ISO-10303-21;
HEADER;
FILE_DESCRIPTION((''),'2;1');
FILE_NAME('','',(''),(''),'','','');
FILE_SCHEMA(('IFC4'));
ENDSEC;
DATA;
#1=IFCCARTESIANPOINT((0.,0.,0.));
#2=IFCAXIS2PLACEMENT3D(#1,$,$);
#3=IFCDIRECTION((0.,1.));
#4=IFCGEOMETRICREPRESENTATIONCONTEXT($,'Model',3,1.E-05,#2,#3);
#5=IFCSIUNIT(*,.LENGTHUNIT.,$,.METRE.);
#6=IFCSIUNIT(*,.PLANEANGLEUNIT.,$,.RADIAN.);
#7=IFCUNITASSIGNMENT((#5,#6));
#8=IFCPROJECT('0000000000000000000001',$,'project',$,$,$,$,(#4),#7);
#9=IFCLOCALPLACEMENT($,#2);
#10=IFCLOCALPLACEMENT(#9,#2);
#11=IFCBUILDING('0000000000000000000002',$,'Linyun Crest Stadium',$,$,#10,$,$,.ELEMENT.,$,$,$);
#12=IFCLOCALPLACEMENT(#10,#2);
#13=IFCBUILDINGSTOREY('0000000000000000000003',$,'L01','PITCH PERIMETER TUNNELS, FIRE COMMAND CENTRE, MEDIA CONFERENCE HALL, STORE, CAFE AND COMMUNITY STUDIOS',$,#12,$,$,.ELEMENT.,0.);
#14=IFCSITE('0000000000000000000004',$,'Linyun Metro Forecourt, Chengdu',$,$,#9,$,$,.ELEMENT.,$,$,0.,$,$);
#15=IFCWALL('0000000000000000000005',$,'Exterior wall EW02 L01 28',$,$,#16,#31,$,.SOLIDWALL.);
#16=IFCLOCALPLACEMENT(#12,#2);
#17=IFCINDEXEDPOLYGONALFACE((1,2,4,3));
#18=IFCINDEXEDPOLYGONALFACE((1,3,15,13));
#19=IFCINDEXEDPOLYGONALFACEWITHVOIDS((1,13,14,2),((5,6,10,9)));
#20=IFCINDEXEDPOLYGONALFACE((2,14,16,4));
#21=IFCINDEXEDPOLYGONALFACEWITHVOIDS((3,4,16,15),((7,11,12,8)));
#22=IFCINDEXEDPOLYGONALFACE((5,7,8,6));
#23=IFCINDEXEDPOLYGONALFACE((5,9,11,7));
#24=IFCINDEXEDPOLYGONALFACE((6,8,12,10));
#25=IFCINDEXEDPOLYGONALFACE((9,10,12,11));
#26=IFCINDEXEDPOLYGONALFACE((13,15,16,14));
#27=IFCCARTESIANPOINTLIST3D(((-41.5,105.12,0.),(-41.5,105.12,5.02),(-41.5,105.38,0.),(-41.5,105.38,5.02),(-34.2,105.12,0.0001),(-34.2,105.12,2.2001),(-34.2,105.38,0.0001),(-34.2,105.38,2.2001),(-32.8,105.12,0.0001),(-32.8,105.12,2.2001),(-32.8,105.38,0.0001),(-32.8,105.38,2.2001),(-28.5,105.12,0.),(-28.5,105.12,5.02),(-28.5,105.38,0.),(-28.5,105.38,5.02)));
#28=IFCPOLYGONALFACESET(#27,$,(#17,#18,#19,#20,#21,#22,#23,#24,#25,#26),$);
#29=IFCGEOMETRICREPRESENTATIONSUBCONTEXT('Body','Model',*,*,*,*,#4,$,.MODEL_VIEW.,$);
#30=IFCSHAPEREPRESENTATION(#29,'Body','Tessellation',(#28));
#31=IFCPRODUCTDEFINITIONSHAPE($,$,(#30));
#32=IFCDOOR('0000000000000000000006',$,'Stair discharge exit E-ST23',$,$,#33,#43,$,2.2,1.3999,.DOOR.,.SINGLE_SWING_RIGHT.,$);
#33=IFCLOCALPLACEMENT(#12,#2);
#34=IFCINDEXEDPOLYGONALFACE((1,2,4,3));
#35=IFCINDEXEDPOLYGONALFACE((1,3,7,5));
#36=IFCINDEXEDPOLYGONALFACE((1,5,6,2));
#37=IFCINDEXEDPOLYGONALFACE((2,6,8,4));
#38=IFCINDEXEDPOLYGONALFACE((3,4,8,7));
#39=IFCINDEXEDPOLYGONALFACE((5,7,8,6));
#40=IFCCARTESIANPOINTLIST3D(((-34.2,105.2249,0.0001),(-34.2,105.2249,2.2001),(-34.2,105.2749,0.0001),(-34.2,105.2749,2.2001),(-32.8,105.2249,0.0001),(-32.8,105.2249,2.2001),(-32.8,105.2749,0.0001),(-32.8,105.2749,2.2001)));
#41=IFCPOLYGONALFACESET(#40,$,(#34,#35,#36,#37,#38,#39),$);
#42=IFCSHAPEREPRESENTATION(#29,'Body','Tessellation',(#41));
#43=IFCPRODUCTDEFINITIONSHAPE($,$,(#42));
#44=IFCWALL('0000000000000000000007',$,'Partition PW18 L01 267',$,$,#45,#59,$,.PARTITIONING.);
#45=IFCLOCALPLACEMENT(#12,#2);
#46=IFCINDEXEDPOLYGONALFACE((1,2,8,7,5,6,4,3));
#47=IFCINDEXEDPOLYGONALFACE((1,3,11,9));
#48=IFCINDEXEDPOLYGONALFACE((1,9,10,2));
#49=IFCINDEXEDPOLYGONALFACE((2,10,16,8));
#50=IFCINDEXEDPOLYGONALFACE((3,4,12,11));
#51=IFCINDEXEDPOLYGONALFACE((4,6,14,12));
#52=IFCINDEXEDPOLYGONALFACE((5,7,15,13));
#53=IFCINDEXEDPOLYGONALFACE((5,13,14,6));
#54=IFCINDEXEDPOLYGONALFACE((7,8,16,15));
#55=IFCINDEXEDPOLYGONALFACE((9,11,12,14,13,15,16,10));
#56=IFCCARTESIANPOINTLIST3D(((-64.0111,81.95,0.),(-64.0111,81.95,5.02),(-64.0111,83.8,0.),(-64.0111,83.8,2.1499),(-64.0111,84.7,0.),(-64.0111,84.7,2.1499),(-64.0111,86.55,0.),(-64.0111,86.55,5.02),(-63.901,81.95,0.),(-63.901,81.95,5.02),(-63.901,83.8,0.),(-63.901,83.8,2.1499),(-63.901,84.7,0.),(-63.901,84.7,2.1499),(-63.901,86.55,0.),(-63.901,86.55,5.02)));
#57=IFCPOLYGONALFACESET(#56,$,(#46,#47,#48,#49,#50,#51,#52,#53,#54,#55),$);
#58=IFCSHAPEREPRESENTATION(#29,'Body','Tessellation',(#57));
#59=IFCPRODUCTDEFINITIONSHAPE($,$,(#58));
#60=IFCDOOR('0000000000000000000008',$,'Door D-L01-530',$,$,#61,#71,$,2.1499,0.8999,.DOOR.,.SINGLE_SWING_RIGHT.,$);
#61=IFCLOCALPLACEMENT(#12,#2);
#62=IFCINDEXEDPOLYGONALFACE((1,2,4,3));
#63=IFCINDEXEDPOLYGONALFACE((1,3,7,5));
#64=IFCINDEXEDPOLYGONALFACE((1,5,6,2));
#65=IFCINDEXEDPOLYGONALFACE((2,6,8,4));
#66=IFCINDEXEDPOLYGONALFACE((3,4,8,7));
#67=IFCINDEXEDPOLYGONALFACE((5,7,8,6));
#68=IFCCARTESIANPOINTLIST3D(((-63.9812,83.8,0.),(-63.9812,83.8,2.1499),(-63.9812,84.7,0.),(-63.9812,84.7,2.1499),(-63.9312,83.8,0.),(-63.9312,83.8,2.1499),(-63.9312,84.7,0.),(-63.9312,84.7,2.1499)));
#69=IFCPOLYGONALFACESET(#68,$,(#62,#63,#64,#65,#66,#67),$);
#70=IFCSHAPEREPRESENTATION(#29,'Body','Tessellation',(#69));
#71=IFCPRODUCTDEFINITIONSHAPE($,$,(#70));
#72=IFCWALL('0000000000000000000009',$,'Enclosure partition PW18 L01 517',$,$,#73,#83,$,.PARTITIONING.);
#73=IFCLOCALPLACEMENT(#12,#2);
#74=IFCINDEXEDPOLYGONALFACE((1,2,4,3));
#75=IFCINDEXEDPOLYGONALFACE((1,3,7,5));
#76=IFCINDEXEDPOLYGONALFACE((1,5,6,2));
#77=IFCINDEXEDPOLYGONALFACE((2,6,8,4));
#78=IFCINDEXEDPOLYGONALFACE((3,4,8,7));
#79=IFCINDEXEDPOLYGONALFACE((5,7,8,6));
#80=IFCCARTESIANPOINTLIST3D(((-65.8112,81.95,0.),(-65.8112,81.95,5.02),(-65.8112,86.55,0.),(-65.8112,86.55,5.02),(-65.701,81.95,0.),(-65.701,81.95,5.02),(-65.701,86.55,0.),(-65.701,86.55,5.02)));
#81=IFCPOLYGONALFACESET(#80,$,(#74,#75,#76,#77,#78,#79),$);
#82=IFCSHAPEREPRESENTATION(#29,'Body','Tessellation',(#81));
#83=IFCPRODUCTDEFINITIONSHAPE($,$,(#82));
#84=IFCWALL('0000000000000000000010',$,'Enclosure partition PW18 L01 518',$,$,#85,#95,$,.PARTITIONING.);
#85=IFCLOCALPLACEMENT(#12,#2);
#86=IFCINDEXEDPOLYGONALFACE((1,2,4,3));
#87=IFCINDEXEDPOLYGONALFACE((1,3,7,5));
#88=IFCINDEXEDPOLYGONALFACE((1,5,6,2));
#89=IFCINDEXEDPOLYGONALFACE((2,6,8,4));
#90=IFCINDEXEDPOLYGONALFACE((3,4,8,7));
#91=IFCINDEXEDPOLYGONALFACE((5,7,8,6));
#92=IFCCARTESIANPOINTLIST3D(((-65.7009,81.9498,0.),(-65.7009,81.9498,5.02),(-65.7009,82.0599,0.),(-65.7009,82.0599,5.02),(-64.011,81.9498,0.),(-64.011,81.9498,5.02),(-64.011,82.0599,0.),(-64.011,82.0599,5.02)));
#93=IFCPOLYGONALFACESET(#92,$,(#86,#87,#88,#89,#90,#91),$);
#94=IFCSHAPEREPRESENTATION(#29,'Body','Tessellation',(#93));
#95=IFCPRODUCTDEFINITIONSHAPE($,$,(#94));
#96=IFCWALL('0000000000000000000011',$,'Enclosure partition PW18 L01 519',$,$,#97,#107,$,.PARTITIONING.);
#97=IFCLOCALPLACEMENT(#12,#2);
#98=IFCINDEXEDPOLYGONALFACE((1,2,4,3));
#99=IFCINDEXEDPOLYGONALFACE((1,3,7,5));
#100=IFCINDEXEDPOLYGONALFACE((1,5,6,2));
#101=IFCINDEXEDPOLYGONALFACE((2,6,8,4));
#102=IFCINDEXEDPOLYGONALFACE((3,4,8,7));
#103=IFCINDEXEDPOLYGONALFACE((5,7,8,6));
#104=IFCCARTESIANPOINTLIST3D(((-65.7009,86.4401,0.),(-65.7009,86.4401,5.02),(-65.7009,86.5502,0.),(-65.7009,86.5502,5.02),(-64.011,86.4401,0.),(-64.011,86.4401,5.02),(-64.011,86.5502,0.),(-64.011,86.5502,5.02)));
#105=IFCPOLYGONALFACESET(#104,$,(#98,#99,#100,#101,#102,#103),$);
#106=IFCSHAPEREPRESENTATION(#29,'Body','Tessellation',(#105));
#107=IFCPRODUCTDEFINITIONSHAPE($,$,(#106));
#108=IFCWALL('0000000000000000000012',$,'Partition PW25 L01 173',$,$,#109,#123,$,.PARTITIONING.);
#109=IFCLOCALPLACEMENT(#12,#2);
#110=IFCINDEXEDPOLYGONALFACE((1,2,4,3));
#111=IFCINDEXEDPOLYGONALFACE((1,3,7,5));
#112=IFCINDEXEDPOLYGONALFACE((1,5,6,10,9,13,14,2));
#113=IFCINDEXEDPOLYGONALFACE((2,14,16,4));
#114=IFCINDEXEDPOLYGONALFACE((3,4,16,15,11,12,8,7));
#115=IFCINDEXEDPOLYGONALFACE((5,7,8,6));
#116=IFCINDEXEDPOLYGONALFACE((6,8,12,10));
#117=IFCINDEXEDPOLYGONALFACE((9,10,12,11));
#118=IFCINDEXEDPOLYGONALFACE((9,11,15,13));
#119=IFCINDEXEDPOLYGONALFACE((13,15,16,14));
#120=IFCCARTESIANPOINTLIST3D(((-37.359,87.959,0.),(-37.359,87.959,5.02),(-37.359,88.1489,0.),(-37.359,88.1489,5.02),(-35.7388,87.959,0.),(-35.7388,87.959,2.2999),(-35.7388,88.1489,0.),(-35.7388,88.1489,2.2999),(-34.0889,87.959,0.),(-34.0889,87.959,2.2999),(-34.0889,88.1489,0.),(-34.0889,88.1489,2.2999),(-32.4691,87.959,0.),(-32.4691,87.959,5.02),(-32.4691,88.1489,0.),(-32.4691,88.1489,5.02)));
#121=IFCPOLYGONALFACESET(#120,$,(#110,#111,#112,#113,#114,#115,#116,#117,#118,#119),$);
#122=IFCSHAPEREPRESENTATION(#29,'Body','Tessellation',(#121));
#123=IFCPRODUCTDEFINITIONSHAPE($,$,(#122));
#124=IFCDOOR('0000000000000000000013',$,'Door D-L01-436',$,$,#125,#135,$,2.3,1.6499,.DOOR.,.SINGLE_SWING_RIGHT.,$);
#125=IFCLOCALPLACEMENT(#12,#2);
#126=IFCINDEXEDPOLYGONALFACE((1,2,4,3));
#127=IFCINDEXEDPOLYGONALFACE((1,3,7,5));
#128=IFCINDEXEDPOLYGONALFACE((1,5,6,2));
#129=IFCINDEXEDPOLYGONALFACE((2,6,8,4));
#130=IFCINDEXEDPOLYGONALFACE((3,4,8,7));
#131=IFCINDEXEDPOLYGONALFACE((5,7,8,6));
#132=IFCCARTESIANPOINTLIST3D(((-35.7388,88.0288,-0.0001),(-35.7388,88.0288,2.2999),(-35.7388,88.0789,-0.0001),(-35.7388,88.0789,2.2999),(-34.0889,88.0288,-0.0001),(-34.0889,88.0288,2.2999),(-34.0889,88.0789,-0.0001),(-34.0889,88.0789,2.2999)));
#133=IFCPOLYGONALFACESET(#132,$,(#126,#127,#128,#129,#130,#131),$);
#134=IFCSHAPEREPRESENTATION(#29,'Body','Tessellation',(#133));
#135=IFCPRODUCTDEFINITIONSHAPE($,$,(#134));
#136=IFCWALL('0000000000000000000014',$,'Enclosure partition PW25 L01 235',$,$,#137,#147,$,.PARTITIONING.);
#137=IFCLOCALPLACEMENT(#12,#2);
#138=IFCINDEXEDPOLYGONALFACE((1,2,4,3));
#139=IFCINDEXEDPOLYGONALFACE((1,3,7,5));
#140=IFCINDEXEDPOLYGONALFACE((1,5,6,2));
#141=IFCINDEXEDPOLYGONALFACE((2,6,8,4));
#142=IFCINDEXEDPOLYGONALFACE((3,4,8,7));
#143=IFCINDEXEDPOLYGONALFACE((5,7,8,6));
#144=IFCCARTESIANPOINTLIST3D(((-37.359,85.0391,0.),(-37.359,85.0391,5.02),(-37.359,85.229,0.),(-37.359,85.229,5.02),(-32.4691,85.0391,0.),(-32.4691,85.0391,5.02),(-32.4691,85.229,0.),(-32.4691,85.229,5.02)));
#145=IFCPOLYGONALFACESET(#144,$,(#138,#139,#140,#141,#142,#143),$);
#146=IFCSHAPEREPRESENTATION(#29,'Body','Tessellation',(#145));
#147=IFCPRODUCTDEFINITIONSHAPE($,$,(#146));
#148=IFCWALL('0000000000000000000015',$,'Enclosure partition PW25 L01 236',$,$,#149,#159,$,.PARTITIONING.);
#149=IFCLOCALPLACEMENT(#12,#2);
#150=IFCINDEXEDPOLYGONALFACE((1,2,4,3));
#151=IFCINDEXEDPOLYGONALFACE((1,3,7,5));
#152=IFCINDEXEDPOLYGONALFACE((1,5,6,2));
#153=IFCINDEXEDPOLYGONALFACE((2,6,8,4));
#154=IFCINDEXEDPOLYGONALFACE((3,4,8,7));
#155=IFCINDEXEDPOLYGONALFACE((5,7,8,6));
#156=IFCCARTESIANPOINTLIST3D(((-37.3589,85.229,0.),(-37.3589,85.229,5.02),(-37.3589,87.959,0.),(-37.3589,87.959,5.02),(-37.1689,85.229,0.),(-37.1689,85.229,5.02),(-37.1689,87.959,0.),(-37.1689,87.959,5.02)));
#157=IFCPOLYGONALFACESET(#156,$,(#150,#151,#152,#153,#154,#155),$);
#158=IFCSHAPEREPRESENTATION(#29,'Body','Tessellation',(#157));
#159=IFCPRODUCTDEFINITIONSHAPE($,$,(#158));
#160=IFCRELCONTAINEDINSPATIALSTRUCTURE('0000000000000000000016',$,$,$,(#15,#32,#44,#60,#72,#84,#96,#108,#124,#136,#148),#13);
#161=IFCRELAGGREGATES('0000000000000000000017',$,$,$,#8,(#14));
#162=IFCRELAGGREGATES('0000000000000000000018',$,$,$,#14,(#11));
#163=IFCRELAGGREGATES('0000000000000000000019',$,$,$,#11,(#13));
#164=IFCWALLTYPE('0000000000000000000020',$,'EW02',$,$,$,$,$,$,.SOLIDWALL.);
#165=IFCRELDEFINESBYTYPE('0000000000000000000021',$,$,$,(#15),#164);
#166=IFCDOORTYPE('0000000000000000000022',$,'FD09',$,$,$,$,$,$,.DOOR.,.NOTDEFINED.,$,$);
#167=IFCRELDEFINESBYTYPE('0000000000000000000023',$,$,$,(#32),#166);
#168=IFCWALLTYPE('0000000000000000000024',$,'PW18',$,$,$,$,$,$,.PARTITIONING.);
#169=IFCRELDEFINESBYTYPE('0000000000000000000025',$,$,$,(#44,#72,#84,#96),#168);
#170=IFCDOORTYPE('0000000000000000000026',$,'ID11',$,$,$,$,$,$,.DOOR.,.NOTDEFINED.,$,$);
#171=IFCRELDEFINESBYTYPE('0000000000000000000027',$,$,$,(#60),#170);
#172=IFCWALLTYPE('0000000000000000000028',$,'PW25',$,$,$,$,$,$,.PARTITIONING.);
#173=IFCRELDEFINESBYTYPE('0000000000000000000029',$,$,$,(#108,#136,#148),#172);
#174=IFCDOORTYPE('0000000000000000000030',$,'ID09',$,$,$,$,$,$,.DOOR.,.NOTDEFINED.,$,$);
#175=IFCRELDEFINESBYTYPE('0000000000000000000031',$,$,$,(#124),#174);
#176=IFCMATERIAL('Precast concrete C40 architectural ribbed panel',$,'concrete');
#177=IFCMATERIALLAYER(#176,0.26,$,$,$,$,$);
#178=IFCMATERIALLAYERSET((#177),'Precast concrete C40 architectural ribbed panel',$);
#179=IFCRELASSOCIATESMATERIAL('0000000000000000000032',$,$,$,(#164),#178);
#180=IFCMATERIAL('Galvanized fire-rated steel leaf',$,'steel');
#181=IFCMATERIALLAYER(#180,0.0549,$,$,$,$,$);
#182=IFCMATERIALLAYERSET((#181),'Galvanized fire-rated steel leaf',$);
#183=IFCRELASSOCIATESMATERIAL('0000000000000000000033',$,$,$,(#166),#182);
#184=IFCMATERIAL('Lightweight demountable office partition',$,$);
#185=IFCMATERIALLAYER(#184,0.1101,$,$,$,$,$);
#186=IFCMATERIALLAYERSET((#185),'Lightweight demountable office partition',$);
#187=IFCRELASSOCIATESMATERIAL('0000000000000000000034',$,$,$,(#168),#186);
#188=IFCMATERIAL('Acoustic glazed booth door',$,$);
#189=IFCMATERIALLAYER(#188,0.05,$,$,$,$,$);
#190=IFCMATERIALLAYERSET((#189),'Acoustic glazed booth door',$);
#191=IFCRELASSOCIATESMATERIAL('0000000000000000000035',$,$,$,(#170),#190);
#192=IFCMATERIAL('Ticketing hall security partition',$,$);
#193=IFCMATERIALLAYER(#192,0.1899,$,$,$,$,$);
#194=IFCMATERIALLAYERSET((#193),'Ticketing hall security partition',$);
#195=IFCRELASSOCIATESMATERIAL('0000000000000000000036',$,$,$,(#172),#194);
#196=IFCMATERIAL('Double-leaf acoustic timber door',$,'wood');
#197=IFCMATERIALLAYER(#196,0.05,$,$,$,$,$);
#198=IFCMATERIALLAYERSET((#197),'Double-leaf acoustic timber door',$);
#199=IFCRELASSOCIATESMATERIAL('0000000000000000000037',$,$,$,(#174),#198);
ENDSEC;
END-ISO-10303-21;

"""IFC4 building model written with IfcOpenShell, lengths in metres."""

from ifc_helpers import new_model, si_unit, direction, frame, frame_2d, origin, place, context, subcontext, project, spatial, rectangle, extrude, material, layer, layer_set, type_object, element, fill, save


model = new_model("IFC4")

# Units and contexts
model_context = context("Model", 3, precision=1e-05, world=origin(), true_north=direction((0.0, 1.0)))
body_context = subcontext(model_context, "Body", "Model", "MODEL_VIEW")
ifc_project = project(units=[si_unit("LENGTHUNIT", "METRE"), si_unit("PLANEANGLEUNIT", "RADIAN")], contexts=[model_context])

# Site, building, storey
site_placement = place(None, origin())
site = spatial("IfcSite", under=ifc_project, at=site_placement, Name="Linyun Metro Forecourt, Chengdu", CompositionType="ELEMENT", RefElevation=0.0)
building_placement = place(site_placement, origin())
building = spatial("IfcBuilding", under=site, at=building_placement, Name="Linyun Crest Stadium", CompositionType="ELEMENT")
storey_placement = place(building_placement, origin())
storey = spatial("IfcBuildingStorey", under=building, at=storey_placement, Name="L01", Description="PITCH PERIMETER TUNNELS, FIRE COMMAND CENTRE, MEDIA CONFERENCE HALL, STORE, CAFE AND COMMUNITY STUDIOS", CompositionType="ELEMENT", Elevation=0.0)

# Walls, openings, doors
ifc_material_1 = material(Name="Precast concrete C40 architectural ribbed panel", Category="concrete")
ifc_layer_1 = layer(ifc_material_1, 0.26)
ifc_layer_set_1 = layer_set([ifc_layer_1], Name="Precast concrete C40 architectural ribbed panel")
wall_type_1 = type_object("IfcWallType", Name="EW02", PredefinedType="SOLIDWALL", material=ifc_layer_set_1)
wall_1_placement = place(storey_placement, frame((-41.5, 105.25, 0.0), z_axis=(0.0, 0.0, 1.0), x_axis=(1.0, 0.0, 0.0)))
wall_1 = element("IfcWall", 1, at=wall_1_placement, inside=storey, type_object=wall_type_1, Name="Exterior wall EW02 L01 28", PredefinedType="SOLIDWALL", context=body_context, shape_type="SweptSolid", body=[
    extrude(rectangle(XDim=13.0, YDim=0.26, at=frame_2d((6.5, 0.0))), origin(), (0.0, 0.0, 1.0), 5.02),
])
opening_1_placement = place(wall_1_placement, frame((7.3, 0.0, 0.0)))
opening_1 = element("IfcOpeningElement", 2, at=opening_1_placement, cuts=wall_1, PredefinedType="OPENING", context=body_context, shape_type="SweptSolid", body=[
    extrude(rectangle(XDim=1.3999, YDim=2.2, at=frame_2d((0.7, 1.1001))), frame((0.0, 0.1399, 0.0), z_axis=(0.0, -1.0, 0.0), x_axis=(1.0, 0.0, 0.0)), (0.0, 0.0, 1.0), 0.28),
])
ifc_material_2 = material(Name="Galvanized fire-rated steel leaf", Category="steel")
ifc_layer_2 = layer(ifc_material_2, 0.0549)
ifc_layer_set_2 = layer_set([ifc_layer_2], Name="Galvanized fire-rated steel leaf")
door_type_1 = type_object("IfcDoorType", Name="FD09", OperationType="NOTDEFINED", PredefinedType="DOOR", material=ifc_layer_set_2)
door_1_placement = place(opening_1_placement, origin())
door_1 = element("IfcDoor", 3, at=door_1_placement, inside=storey, type_object=door_type_1, Name="Stair discharge exit E-ST23", OperationType="SINGLE_SWING_RIGHT", OverallHeight=2.2, OverallWidth=1.3999, PredefinedType="DOOR", context=body_context, shape_type="SweptSolid", body=[
    extrude(rectangle(XDim=1.3999, YDim=2.2, at=frame_2d((0.7, 1.1001))), frame((0.0, 0.0249, 0.0), z_axis=(0.0, -1.0, 0.0), x_axis=(1.0, 0.0, 0.0)), (0.0, 0.0, 1.0), 0.05),
])
fill(opening_1, door_1)
ifc_material_3 = material(Name="Lightweight demountable office partition")
ifc_layer_3 = layer(ifc_material_3, 0.1101)
ifc_layer_set_3 = layer_set([ifc_layer_3], Name="Lightweight demountable office partition")
wall_type_2 = type_object("IfcWallType", Name="PW18", PredefinedType="PARTITIONING", material=ifc_layer_set_3)
wall_2_placement = place(storey_placement, frame((-63.9561, 86.55, 0.0), z_axis=(0.0, 0.0, 1.0), x_axis=(0.0, -1.0, 0.0)))
wall_2 = element("IfcWall", 4, at=wall_2_placement, inside=storey, type_object=wall_type_2, Name="Partition PW18 L01 267", PredefinedType="PARTITIONING", context=body_context, shape_type="SweptSolid", body=[
    extrude(rectangle(XDim=4.6001, YDim=0.1101, at=frame_2d((2.3, 0.0))), origin(), (0.0, 0.0, 1.0), 5.02),
])
opening_2_placement = place(wall_2_placement, frame((1.8501, 0.0, 0.0)))
opening_2 = element("IfcOpeningElement", 5, at=opening_2_placement, cuts=wall_2, PredefinedType="OPENING", context=body_context, shape_type="SweptSolid", body=[
    extrude(rectangle(XDim=0.8999, YDim=2.1499, at=frame_2d((0.45, 1.075))), frame((0.0, 0.0649, 0.0), z_axis=(0.0, -1.0, 0.0), x_axis=(1.0, 0.0, 0.0)), (0.0, 0.0, 1.0), 0.1301),
])
ifc_material_4 = material(Name="Acoustic glazed booth door")
ifc_layer_4 = layer(ifc_material_4, 0.05)
ifc_layer_set_4 = layer_set([ifc_layer_4], Name="Acoustic glazed booth door")
door_type_2 = type_object("IfcDoorType", Name="ID11", OperationType="NOTDEFINED", PredefinedType="DOOR", material=ifc_layer_set_4)
door_2_placement = place(opening_2_placement, origin())
door_2 = element("IfcDoor", 6, at=door_2_placement, inside=storey, type_object=door_type_2, Name="Door D-L01-530", OperationType="SINGLE_SWING_RIGHT", OverallHeight=2.1499, OverallWidth=0.8999, PredefinedType="DOOR", context=body_context, shape_type="SweptSolid", body=[
    extrude(rectangle(XDim=0.8999, YDim=2.1499, at=frame_2d((0.45, 1.075))), frame((0.0, 0.0249, 0.0), z_axis=(0.0, -1.0, 0.0), x_axis=(1.0, 0.0, 0.0)), (0.0, 0.0, 1.0), 0.05),
])
fill(opening_2, door_2)

# Walls
wall_3_placement = place(storey_placement, frame((-65.7561, 81.95, 0.0), z_axis=(0.0, 0.0, 1.0), x_axis=(0.0, 1.0, 0.0)))
element("IfcWall", 7, at=wall_3_placement, inside=storey, type_object=wall_type_2, Name="Enclosure partition PW18 L01 517", PredefinedType="PARTITIONING", context=body_context, shape_type="SweptSolid", body=[
    extrude(rectangle(XDim=4.6001, YDim=0.1101, at=frame_2d((2.3, 0.0))), origin(), (0.0, 0.0, 1.0), 5.02),
])
for number, where, z_axis, x_axis, name in (
    (8, (-65.7009, 82.0049, 0.0), (0.0, 0.0, 1.0), (1.0, 0.0, 0.0), "Enclosure partition PW18 L01 518"),
    (9, (-65.7009, 86.4951, 0.0), (0.0, 0.0, 1.0), (1.0, 0.0, 0.0), "Enclosure partition PW18 L01 519"),
):
    element("IfcWall", number, at=place(storey_placement, frame(where, z_axis=z_axis, x_axis=x_axis)), inside=storey, type_object=wall_type_2, Name=name, PredefinedType="PARTITIONING", context=body_context, shape_type="SweptSolid", body=[
        extrude(rectangle(XDim=1.6899, YDim=0.1101, at=frame_2d((0.845, 0.0))), origin(), (0.0, 0.0, 1.0), 5.02),
    ])

# Wall, opening, door
ifc_material_5 = material(Name="Ticketing hall security partition")
ifc_layer_5 = layer(ifc_material_5, 0.1899)
ifc_layer_set_5 = layer_set([ifc_layer_5], Name="Ticketing hall security partition")
wall_type_3 = type_object("IfcWallType", Name="PW25", PredefinedType="PARTITIONING", material=ifc_layer_set_5)
wall_4_placement = place(storey_placement, frame((-37.3589, 88.054, 0.0), z_axis=(0.0, 0.0, 1.0), x_axis=(1.0, 0.0, 0.0)))
wall_4 = element("IfcWall", 10, at=wall_4_placement, inside=storey, type_object=wall_type_3, Name="Partition PW25 L01 173", PredefinedType="PARTITIONING", context=body_context, shape_type="SweptSolid", body=[
    extrude(rectangle(XDim=4.8899, YDim=0.1899, at=frame_2d((2.4448, 0.0))), origin(), (0.0, 0.0, 1.0), 5.02),
])
opening_3_placement = place(wall_4_placement, frame((1.6201, 0.0, 0.0)))
opening_3 = element("IfcOpeningElement", 11, at=opening_3_placement, cuts=wall_4, PredefinedType="OPENING", context=body_context, shape_type="SweptSolid", body=[
    extrude(rectangle(XDim=1.6499, YDim=2.3, at=frame_2d((0.825, 1.1499))), frame((0.0, 0.105, 0.0), z_axis=(0.0, -1.0, 0.0), x_axis=(1.0, 0.0, 0.0)), (0.0, 0.0, 1.0), 0.21),
])
ifc_material_6 = material(Name="Double-leaf acoustic timber door", Category="wood")
ifc_layer_6 = layer(ifc_material_6, 0.05)
ifc_layer_set_6 = layer_set([ifc_layer_6], Name="Double-leaf acoustic timber door")
door_type_3 = type_object("IfcDoorType", Name="ID09", OperationType="NOTDEFINED", PredefinedType="DOOR", material=ifc_layer_set_6)
door_3_placement = place(opening_3_placement, origin())
door_3 = element("IfcDoor", 12, at=door_3_placement, inside=storey, type_object=door_type_3, Name="Door D-L01-436", OperationType="SINGLE_SWING_RIGHT", OverallHeight=2.3, OverallWidth=1.6499, PredefinedType="DOOR", context=body_context, shape_type="SweptSolid", body=[
    extrude(rectangle(XDim=1.6499, YDim=2.3, at=frame_2d((0.825, 1.1499))), frame((0.0, 0.0249, 0.0), z_axis=(0.0, -1.0, 0.0), x_axis=(1.0, 0.0, 0.0)), (0.0, 0.0, 1.0), 0.05),
])
fill(opening_3, door_3)

# Walls
wall_5_placement = place(storey_placement, frame((-37.3589, 85.134, 0.0), z_axis=(0.0, 0.0, 1.0), x_axis=(1.0, 0.0, 0.0)))
element("IfcWall", 13, at=wall_5_placement, inside=storey, type_object=wall_type_3, Name="Enclosure partition PW25 L01 235", PredefinedType="PARTITIONING", context=body_context, shape_type="SweptSolid", body=[
    extrude(rectangle(XDim=4.8899, YDim=0.1899, at=frame_2d((2.4448, 0.0))), origin(), (0.0, 0.0, 1.0), 5.02),
])
wall_6_placement = place(storey_placement, frame((-37.2639, 85.229, 0.0), z_axis=(0.0, 0.0, 1.0), x_axis=(0.0, 1.0, 0.0)))
element("IfcWall", 14, at=wall_6_placement, inside=storey, type_object=wall_type_3, Name="Enclosure partition PW25 L01 236", PredefinedType="PARTITIONING", context=body_context, shape_type="SweptSolid", body=[
    extrude(rectangle(XDim=2.73, YDim=0.1899, at=frame_2d((1.365, 0.0))), origin(), (0.0, 0.0, 1.0), 5.02),
])

save(model, "model.ifc")
